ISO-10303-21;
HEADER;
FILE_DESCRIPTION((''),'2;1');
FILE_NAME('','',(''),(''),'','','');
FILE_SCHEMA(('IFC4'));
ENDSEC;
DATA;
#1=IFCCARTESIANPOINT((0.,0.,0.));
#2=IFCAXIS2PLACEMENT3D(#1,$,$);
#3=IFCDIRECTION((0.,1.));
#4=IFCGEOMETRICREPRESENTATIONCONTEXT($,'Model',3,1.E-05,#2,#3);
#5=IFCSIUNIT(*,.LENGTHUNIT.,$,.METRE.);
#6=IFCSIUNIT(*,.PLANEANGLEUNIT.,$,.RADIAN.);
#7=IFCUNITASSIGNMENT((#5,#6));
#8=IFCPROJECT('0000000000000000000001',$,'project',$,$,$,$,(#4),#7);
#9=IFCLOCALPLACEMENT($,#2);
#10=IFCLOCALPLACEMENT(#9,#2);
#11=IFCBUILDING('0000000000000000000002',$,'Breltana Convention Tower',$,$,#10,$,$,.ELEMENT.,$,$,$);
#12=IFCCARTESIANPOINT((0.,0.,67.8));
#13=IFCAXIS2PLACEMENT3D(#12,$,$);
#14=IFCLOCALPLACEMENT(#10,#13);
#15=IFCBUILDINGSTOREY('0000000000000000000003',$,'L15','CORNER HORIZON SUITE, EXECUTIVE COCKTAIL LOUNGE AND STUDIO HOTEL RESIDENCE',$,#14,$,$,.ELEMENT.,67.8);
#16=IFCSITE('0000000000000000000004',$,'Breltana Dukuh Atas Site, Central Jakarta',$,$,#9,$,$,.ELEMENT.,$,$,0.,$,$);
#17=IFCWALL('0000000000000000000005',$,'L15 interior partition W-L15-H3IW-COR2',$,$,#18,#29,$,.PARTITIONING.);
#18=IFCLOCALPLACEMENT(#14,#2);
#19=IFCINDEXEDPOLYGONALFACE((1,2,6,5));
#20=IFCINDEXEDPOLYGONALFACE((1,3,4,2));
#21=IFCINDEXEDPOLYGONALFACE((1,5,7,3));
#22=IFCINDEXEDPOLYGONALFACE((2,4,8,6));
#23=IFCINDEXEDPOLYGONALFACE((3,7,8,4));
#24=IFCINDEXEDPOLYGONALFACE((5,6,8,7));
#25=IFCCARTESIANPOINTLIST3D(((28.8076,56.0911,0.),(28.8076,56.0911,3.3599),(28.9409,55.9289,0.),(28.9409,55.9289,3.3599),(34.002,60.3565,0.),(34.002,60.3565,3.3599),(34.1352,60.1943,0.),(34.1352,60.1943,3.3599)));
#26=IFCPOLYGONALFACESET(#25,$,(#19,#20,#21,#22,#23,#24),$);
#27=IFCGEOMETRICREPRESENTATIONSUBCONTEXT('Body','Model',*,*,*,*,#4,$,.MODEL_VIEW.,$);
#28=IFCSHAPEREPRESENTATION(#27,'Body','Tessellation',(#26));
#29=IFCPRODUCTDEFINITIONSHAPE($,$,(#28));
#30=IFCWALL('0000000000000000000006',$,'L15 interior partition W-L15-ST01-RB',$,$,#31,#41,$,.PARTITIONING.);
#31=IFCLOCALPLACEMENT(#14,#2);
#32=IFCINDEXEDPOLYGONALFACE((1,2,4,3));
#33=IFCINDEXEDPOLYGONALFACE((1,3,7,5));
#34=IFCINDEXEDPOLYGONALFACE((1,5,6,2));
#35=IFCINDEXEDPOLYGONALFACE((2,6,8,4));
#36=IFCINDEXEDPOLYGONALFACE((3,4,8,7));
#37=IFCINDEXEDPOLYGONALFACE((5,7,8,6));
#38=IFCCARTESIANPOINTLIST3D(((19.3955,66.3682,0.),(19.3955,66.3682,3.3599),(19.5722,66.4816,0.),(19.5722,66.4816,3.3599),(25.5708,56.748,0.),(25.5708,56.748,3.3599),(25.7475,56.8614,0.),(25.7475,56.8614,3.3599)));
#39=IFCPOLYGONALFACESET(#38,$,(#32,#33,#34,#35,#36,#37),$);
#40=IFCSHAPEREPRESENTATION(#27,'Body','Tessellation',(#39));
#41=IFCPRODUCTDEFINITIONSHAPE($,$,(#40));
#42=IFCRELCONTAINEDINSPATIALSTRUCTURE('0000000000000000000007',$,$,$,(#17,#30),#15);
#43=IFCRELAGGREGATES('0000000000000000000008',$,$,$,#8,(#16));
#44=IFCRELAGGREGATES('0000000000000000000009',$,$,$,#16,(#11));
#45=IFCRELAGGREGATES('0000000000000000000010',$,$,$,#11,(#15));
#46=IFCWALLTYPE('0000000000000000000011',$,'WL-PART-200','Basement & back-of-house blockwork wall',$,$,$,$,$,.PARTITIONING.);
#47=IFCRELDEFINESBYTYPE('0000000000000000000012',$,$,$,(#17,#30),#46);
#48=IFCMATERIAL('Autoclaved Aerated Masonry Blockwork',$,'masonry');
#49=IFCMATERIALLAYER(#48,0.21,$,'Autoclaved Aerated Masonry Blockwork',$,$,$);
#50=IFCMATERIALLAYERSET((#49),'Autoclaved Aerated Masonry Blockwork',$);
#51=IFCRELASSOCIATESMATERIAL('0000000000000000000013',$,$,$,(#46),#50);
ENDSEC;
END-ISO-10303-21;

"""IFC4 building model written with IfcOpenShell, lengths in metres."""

from ifc_helpers import new_model, si_unit, direction, frame, frame_2d, origin, place, context, subcontext, project, spatial, rectangle, extrude, source, transform, mapped, material, layer, layer_set, type_object, element, save


model = new_model("IFC4")

# Units and contexts
model_context = context("Model", 3, precision=1e-05, world=origin(), true_north=direction((0.0, 1.0)))
body_context = subcontext(model_context, "Body", "Model", "MODEL_VIEW")
ifc_project = project(units=[si_unit("LENGTHUNIT", "METRE"), si_unit("PLANEANGLEUNIT", "RADIAN")], contexts=[model_context])

# Site, building, storey
site_placement = place(None, origin())
site = spatial("IfcSite", under=ifc_project, at=site_placement, Name="Breltana Dukuh Atas Site, Central Jakarta", CompositionType="ELEMENT", RefElevation=0.0)
building_placement = place(site_placement, origin())
building = spatial("IfcBuilding", under=site, at=building_placement, Name="Breltana Convention Tower", CompositionType="ELEMENT")
storey_placement = place(building_placement, frame((0.0, 0.0, 67.8)))
storey = spatial("IfcBuildingStorey", under=building, at=storey_placement, Name="L15", Description="CORNER HORIZON SUITE, EXECUTIVE COCKTAIL LOUNGE AND STUDIO HOTEL RESIDENCE", CompositionType="ELEMENT", Elevation=67.8)

# Shared definitions
ifc_material_1 = material(Name="Autoclaved Aerated Masonry Blockwork", Category="masonry")
ifc_layer_1 = layer(ifc_material_1, 0.21, Name="Autoclaved Aerated Masonry Blockwork")
ifc_layer_set_1 = layer_set([ifc_layer_1], Name="Autoclaved Aerated Masonry Blockwork")
wall_type_1 = type_object("IfcWallType", Name="WL-PART-200", Description="Basement & back-of-house blockwork wall", PredefinedType="PARTITIONING", material=ifc_layer_set_1)

# Walls
shared_shape_1 = source(origin(), body_context, "Body", "SweptSolid", [
    extrude(rectangle(XDim=6.7212, YDim=0.21, at=frame_2d((3.3606, 0.0))), origin(), (0.0, 0.0, 1.0), 3.3599),
])
wall_1_placement = place(storey_placement, frame((28.8743, 56.01, 0.0), z_axis=(0.0, 0.0, 1.0), x_axis=(0.772828, 0.634615, 0.0)))
element("IfcWall", 1, at=wall_1_placement, inside=storey, type_object=wall_type_1, Name="L15 interior partition W-L15-H3IW-COR2", PredefinedType="PARTITIONING", context=body_context, shape_type="MappedRepresentation", body=[
    mapped(shared_shape_1, transform((0.0, 0.0, 0.0), scale=1.0)),
])
shared_shape_2 = source(origin(), body_context, "Body", "SweptSolid", [
    extrude(rectangle(XDim=11.4316, YDim=0.21, at=frame_2d((5.7158, 0.0))), origin(), (0.0, 0.0, 1.0), 3.3599),
])
wall_2_placement = place(storey_placement, frame((25.6592, 56.8047, 0.0), z_axis=(0.0, 0.0, 1.0), x_axis=(-0.540196, 0.841539, 0.0)))
element("IfcWall", 2, at=wall_2_placement, inside=storey, type_object=wall_type_1, Name="L15 interior partition W-L15-ST01-RB", PredefinedType="PARTITIONING", context=body_context, shape_type="MappedRepresentation", body=[
    mapped(shared_shape_2, transform((0.0, 0.0, 0.0), scale=1.0)),
])

save(model, "model.ifc")
